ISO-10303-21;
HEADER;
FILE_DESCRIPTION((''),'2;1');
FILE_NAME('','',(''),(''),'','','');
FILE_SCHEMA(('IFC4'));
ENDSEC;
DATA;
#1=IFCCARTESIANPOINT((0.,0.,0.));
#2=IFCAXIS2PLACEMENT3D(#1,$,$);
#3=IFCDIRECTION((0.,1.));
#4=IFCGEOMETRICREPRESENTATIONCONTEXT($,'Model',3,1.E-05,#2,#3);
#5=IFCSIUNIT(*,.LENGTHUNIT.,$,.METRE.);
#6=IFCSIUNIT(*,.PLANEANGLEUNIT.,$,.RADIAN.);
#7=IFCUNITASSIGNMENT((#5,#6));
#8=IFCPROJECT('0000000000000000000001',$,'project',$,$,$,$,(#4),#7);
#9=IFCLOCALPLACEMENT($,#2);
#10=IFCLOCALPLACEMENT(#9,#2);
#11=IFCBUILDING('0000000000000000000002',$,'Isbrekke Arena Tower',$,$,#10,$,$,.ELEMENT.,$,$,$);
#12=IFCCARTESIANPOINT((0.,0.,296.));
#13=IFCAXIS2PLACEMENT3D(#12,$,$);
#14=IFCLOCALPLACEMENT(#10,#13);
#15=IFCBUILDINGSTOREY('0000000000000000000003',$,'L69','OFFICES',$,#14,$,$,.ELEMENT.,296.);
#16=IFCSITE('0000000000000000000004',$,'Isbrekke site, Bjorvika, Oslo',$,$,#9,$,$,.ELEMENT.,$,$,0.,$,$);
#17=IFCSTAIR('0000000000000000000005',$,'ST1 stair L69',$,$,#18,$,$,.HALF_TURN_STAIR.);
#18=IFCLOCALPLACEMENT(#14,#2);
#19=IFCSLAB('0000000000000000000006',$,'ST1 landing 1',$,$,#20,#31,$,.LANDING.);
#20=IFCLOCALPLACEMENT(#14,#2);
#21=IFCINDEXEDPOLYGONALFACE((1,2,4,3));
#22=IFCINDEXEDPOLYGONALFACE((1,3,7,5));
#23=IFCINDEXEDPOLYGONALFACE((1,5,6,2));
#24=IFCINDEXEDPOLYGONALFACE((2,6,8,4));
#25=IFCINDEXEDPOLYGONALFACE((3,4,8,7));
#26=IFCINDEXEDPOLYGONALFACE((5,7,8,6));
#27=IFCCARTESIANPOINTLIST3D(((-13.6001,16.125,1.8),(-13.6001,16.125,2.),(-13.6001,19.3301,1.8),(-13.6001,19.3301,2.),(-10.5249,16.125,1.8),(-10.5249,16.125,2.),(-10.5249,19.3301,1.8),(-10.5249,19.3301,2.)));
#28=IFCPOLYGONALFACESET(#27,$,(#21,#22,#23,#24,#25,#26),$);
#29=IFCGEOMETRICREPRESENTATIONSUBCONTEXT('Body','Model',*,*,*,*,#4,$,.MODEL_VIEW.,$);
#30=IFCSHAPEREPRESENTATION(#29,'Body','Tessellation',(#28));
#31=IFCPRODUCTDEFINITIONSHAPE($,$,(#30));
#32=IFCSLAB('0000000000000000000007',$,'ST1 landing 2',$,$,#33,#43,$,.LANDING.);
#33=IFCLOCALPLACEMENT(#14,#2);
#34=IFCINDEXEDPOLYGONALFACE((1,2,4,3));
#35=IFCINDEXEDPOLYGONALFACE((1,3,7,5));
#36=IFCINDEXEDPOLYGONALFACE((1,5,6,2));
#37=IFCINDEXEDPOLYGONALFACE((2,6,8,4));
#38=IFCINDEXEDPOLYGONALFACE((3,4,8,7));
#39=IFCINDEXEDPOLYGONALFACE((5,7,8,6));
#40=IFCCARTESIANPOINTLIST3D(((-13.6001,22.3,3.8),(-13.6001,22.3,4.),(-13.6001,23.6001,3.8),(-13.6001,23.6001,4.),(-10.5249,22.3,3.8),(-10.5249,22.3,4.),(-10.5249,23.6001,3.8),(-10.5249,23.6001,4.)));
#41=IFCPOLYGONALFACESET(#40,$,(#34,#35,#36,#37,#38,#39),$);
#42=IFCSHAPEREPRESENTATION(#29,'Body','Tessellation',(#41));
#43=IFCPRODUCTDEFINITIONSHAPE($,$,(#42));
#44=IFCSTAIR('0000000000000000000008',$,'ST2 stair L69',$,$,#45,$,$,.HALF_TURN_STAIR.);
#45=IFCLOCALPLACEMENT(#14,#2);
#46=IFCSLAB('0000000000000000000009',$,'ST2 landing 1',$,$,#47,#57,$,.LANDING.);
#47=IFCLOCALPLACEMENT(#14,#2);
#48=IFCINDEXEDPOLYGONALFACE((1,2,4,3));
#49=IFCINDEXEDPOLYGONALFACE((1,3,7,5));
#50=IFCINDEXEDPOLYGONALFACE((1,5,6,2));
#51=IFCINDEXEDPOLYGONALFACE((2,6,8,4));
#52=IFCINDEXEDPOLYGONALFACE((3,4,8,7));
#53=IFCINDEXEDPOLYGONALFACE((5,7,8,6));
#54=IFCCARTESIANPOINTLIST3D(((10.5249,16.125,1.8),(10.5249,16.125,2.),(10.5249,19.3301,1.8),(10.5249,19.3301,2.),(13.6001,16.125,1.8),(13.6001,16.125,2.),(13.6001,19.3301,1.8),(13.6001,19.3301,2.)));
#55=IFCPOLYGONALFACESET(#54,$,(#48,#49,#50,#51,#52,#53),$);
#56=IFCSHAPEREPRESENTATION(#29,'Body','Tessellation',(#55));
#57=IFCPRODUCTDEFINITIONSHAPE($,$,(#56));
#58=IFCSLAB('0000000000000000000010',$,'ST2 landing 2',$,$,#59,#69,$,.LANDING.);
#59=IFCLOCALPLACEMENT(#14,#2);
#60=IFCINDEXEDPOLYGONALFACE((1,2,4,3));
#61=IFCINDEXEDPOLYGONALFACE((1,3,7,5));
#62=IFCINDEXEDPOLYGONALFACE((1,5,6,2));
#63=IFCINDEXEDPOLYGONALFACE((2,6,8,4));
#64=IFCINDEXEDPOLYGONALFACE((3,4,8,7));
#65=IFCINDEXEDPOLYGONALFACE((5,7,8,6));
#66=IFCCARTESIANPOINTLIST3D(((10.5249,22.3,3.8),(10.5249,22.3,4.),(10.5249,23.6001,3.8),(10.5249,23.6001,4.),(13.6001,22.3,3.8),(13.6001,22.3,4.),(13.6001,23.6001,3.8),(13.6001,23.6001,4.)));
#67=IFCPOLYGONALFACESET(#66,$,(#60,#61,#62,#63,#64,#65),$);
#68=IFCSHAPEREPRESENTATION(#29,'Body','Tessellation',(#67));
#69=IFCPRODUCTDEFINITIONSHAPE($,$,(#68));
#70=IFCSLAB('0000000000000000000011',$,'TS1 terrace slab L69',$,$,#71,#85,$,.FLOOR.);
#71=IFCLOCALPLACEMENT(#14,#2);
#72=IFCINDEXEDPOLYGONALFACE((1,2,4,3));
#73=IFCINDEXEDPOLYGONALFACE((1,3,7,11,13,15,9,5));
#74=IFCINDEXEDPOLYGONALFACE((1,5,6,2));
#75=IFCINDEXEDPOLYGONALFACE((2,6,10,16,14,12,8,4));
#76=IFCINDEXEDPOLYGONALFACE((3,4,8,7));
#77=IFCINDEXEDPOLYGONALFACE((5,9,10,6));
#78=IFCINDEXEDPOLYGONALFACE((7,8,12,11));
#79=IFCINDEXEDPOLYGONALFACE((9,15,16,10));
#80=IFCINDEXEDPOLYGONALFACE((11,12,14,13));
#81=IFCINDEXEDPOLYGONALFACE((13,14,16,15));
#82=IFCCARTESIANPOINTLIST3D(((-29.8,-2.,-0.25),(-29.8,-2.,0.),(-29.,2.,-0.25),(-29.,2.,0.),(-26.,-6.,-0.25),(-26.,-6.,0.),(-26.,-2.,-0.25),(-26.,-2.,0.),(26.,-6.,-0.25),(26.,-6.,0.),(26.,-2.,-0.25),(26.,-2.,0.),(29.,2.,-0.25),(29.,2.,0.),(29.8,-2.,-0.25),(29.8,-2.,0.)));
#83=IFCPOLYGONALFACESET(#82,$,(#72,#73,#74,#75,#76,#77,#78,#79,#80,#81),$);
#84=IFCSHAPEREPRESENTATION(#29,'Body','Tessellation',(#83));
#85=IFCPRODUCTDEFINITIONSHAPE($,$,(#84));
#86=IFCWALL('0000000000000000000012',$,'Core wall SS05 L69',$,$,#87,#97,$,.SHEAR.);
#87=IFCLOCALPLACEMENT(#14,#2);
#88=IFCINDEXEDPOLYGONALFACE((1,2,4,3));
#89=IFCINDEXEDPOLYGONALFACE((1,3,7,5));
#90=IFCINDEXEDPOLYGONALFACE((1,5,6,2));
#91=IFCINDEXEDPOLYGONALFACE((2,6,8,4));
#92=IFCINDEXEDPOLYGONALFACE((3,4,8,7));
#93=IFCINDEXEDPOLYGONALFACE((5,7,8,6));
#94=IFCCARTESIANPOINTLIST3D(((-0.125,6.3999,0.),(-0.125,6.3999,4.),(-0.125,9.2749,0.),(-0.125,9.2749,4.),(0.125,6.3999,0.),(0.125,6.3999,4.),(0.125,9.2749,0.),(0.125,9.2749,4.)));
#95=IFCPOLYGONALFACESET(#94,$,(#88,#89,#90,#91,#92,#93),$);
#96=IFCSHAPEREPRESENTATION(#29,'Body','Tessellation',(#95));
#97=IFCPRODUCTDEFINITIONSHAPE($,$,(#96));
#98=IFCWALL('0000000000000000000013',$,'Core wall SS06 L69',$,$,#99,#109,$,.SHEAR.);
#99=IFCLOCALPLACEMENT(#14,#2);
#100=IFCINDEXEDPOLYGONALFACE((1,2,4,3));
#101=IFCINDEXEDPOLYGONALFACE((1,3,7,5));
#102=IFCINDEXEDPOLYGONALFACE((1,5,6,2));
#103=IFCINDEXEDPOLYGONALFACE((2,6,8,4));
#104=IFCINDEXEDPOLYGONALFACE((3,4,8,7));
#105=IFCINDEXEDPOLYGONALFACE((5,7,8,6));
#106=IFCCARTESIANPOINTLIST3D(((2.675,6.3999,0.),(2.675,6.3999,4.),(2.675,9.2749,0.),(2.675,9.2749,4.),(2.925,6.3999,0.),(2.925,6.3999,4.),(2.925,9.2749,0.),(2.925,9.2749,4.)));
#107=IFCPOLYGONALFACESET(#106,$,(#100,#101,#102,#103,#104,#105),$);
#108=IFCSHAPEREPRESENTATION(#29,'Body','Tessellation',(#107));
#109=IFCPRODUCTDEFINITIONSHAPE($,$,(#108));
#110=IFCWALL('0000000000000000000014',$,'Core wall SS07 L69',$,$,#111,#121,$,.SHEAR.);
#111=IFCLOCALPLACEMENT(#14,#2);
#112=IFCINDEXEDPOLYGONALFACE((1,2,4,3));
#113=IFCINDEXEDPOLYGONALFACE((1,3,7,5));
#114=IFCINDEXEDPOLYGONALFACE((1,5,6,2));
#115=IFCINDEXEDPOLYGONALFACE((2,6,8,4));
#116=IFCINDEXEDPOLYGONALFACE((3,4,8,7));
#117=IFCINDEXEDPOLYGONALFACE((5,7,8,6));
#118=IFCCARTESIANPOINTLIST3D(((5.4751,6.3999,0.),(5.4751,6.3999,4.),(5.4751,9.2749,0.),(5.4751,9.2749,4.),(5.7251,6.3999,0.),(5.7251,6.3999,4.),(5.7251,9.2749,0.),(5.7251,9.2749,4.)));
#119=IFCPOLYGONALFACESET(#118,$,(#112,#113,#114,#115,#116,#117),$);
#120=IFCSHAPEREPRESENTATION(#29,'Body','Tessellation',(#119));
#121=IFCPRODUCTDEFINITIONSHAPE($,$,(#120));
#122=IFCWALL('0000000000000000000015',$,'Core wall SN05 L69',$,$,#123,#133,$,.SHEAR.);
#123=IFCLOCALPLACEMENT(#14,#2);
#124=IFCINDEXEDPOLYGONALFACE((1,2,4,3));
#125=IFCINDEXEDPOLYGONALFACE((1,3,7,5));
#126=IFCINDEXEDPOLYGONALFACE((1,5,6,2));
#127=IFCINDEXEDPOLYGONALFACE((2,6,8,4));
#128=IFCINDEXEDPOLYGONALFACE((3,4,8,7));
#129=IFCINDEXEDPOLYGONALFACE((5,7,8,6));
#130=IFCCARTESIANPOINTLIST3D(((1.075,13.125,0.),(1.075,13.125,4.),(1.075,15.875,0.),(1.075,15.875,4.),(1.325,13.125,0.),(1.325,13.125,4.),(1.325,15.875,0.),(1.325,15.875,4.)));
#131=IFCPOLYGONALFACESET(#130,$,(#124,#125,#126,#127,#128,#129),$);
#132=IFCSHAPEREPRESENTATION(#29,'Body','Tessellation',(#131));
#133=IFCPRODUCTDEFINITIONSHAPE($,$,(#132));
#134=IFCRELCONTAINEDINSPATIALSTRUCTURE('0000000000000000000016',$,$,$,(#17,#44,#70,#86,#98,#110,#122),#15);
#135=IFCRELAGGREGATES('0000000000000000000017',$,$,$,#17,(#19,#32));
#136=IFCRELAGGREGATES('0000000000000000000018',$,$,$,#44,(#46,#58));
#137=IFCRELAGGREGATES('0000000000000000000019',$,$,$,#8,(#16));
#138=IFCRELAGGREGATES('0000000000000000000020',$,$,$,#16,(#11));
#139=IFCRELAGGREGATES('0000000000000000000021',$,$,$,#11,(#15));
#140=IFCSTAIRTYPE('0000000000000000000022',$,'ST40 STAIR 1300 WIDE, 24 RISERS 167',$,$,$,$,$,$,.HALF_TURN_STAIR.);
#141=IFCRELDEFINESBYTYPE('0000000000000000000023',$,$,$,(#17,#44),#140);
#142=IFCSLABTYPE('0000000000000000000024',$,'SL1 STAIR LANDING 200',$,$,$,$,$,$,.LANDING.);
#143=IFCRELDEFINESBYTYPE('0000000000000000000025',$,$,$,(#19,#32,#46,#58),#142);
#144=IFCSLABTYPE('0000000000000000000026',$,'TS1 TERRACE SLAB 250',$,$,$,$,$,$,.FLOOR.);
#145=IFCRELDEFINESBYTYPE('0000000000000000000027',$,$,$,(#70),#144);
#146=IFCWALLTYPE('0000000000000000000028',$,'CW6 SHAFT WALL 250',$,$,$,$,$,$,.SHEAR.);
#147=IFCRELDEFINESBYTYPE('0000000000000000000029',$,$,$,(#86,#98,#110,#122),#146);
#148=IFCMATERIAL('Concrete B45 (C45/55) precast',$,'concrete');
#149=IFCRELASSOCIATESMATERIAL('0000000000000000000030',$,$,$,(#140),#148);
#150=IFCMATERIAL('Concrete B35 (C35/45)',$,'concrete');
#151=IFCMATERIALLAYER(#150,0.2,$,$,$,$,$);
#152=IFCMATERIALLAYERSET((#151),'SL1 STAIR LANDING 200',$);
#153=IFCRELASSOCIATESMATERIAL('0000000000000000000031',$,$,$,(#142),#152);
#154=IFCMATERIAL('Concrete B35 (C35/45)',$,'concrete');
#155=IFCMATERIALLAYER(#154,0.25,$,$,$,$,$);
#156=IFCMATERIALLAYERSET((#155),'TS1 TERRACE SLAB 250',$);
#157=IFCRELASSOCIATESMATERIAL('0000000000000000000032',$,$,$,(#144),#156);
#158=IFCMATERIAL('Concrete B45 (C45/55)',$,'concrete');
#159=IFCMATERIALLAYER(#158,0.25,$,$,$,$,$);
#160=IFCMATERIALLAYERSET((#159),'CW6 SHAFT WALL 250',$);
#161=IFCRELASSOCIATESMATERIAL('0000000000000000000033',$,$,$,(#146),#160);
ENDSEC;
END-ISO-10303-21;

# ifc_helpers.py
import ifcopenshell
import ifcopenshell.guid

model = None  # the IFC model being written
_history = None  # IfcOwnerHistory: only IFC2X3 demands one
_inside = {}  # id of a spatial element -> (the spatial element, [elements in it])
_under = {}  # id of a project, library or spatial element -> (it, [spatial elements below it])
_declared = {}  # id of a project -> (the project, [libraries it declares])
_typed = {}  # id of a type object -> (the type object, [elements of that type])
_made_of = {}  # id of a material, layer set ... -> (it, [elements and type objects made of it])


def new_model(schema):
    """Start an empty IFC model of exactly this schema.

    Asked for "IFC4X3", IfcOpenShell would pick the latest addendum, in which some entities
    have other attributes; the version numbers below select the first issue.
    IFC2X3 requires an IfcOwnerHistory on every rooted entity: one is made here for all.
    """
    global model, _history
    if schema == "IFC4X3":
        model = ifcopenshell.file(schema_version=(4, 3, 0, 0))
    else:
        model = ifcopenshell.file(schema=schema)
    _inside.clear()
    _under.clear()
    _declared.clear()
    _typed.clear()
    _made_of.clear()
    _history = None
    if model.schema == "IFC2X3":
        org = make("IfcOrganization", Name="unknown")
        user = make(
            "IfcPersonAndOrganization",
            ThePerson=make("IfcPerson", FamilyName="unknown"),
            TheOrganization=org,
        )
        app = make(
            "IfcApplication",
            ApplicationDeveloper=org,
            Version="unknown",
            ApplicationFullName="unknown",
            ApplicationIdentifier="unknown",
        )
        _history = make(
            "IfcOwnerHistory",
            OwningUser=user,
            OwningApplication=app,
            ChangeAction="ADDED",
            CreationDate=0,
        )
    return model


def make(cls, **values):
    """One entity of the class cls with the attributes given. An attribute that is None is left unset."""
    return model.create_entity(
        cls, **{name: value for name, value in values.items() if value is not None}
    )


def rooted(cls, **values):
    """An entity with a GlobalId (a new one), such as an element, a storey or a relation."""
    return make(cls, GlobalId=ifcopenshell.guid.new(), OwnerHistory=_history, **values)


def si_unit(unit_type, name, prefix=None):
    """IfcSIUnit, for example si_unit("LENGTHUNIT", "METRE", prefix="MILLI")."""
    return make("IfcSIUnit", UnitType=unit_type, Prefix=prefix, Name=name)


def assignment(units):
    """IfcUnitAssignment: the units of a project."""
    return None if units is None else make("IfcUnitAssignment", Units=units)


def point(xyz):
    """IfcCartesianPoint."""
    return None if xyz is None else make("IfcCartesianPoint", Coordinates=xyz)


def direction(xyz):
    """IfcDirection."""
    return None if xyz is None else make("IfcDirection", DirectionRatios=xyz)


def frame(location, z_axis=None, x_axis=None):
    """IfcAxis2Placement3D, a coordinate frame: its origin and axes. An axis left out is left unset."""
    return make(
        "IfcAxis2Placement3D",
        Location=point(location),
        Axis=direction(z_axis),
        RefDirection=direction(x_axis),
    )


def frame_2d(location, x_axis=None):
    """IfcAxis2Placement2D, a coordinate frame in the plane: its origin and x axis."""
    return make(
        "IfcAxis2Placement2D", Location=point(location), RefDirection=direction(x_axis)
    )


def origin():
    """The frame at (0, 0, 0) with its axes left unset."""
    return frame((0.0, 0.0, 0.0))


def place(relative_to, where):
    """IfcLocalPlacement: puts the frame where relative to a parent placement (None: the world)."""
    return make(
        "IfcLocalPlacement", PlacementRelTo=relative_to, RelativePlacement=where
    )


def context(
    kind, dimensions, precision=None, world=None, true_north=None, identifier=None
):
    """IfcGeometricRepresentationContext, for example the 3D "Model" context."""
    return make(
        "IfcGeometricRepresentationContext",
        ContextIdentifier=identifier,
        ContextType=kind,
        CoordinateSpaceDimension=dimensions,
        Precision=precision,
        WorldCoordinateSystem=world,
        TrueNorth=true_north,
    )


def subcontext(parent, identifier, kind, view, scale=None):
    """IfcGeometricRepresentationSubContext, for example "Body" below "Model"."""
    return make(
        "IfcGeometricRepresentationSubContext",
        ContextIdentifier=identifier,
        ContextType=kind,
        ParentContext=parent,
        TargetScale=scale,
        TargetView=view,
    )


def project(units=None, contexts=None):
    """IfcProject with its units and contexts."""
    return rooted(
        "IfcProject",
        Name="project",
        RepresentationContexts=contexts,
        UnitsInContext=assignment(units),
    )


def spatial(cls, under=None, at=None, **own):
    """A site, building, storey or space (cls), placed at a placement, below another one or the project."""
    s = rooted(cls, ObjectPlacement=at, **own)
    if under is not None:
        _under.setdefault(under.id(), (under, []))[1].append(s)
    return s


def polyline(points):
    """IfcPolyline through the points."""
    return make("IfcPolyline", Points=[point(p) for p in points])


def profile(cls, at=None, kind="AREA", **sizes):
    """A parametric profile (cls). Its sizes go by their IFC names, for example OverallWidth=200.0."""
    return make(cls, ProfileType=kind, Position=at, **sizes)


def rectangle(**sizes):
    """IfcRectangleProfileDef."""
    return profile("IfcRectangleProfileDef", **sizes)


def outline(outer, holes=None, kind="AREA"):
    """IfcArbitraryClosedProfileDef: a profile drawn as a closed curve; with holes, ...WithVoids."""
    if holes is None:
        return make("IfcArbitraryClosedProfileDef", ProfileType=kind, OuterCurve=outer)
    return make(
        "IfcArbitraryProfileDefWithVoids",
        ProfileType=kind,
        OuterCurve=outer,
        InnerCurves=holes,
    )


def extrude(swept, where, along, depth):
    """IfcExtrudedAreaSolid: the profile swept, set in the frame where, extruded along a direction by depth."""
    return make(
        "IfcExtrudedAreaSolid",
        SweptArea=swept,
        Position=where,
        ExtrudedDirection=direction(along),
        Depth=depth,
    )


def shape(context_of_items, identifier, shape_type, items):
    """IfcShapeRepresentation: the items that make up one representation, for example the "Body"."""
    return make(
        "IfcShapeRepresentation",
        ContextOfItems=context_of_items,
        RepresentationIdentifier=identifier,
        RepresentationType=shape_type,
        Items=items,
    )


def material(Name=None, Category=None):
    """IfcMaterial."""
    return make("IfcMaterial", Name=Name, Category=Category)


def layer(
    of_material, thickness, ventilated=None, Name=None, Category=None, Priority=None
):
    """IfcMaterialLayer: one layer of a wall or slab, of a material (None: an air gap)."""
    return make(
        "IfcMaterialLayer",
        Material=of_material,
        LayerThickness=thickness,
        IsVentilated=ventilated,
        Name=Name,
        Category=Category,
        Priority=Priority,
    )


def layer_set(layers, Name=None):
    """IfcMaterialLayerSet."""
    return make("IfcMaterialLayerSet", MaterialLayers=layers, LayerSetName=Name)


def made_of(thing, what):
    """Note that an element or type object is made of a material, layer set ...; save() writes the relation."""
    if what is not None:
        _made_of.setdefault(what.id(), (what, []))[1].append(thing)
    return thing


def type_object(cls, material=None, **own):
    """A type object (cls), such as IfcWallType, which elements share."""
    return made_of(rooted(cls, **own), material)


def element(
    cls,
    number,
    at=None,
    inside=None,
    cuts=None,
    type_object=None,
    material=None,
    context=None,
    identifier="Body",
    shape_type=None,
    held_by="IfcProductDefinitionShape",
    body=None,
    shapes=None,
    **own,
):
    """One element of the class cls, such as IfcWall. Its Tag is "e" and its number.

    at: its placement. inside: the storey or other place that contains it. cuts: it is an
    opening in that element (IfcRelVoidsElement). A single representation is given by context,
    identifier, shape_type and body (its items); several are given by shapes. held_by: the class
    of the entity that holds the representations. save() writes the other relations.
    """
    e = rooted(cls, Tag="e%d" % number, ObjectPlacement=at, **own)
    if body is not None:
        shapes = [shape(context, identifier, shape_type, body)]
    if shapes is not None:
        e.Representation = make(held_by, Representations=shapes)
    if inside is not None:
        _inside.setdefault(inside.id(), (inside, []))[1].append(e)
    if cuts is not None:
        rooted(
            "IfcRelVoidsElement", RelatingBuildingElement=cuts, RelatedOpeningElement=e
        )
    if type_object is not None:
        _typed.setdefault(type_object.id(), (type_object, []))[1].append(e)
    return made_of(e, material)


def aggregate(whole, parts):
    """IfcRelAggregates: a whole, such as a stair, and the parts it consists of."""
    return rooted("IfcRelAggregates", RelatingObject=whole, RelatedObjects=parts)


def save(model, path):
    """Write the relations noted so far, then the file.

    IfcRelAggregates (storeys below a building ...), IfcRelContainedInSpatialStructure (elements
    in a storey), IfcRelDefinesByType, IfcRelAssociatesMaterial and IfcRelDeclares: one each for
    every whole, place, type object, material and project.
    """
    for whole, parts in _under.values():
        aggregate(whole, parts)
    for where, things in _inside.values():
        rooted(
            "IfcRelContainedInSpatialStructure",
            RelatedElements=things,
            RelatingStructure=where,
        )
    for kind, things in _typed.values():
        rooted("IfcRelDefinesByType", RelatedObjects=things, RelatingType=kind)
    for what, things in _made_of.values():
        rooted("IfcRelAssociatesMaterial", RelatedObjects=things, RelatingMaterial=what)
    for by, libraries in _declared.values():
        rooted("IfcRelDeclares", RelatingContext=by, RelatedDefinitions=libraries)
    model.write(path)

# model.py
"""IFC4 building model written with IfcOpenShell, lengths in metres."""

from ifc_helpers import new_model, si_unit, direction, frame, frame_2d, origin, place, context, subcontext, project, spatial, polyline, rectangle, outline, extrude, material, layer, layer_set, type_object, element, aggregate, save


model = new_model("IFC4")

# Units and contexts
model_context = context("Model", 3, precision=1e-05, world=origin(), true_north=direction((0.0, 1.0)))
body_context = subcontext(model_context, "Body", "Model", "MODEL_VIEW")
ifc_project = project(units=[si_unit("LENGTHUNIT", "METRE"), si_unit("PLANEANGLEUNIT", "RADIAN")], contexts=[model_context])

# Site, building, storey
site_placement = place(None, origin())
site = spatial("IfcSite", under=ifc_project, at=site_placement, Name="Isbrekke site, Bjorvika, Oslo", CompositionType="ELEMENT", RefElevation=0.0)
building_placement = place(site_placement, origin())
building = spatial("IfcBuilding", under=site, at=building_placement, Name="Isbrekke Arena Tower", CompositionType="ELEMENT")
storey_placement = place(building_placement, frame((0.0, 0.0, 296.0)))
storey = spatial("IfcBuildingStorey", under=building, at=storey_placement, Name="L69", Description="OFFICES", CompositionType="ELEMENT", Elevation=296.0)

# Stairs, slabs
ifc_material_1 = material(Name="Concrete B45 (C45/55) precast", Category="concrete")
stair_type = type_object("IfcStairType", Name="ST40 STAIR 1300 WIDE, 24 RISERS 167", PredefinedType="HALF_TURN_STAIR", material=ifc_material_1)
stair_1_placement = place(storey_placement, origin())
stair_1 = element("IfcStair", 1, at=stair_1_placement, inside=storey, type_object=stair_type, Name="ST1 stair L69", PredefinedType="HALF_TURN_STAIR")
ifc_material_2 = material(Name="Concrete B35 (C35/45)", Category="concrete")
ifc_layer_1 = layer(ifc_material_2, 0.2)
ifc_layer_set_1 = layer_set([ifc_layer_1], Name="SL1 STAIR LANDING 200")
slab_type_1 = type_object("IfcSlabType", Name="SL1 STAIR LANDING 200", PredefinedType="LANDING", material=ifc_layer_set_1)
slab_1_placement = place(storey_placement, frame((0.0, 0.0, 1.8)))
slab_1 = element("IfcSlab", 2, at=slab_1_placement, type_object=slab_type_1, Name="ST1 landing 1", PredefinedType="LANDING", context=body_context, shape_type="SweptSolid", body=[
    extrude(outline(polyline([(-13.6001, 16.125), (-10.5249, 16.125), (-10.5249, 19.3301), (-13.6001, 19.3301), (-13.6001, 16.125)])), origin(), (0.0, 0.0, 1.0), 0.2),
])
slab_2_placement = place(storey_placement, frame((0.0, 0.0, 3.8)))
slab_2 = element("IfcSlab", 3, at=slab_2_placement, type_object=slab_type_1, Name="ST1 landing 2", PredefinedType="LANDING", context=body_context, shape_type="SweptSolid", body=[
    extrude(outline(polyline([(-13.6001, 22.3), (-10.5249, 22.3), (-10.5249, 23.6001), (-13.6001, 23.6001), (-13.6001, 22.3)])), origin(), (0.0, 0.0, 1.0), 0.2),
])
aggregate(stair_1, [slab_1, slab_2])
stair_2_placement = place(storey_placement, origin())
stair_2 = element("IfcStair", 4, at=stair_2_placement, inside=storey, type_object=stair_type, Name="ST2 stair L69", PredefinedType="HALF_TURN_STAIR")
slab_3_placement = place(storey_placement, frame((0.0, 0.0, 1.8)))
slab_3 = element("IfcSlab", 5, at=slab_3_placement, type_object=slab_type_1, Name="ST2 landing 1", PredefinedType="LANDING", context=body_context, shape_type="SweptSolid", body=[
    extrude(outline(polyline([(10.5249, 16.125), (13.6001, 16.125), (13.6001, 19.3301), (10.5249, 19.3301), (10.5249, 16.125)])), origin(), (0.0, 0.0, 1.0), 0.2),
])
slab_4_placement = place(storey_placement, frame((0.0, 0.0, 3.8)))
slab_4 = element("IfcSlab", 6, at=slab_4_placement, type_object=slab_type_1, Name="ST2 landing 2", PredefinedType="LANDING", context=body_context, shape_type="SweptSolid", body=[
    extrude(outline(polyline([(10.5249, 22.3), (13.6001, 22.3), (13.6001, 23.6001), (10.5249, 23.6001), (10.5249, 22.3)])), origin(), (0.0, 0.0, 1.0), 0.2),
])
aggregate(stair_2, [slab_3, slab_4])

# Slab
ifc_material_3 = material(Name="Concrete B35 (C35/45)", Category="concrete")
ifc_layer_2 = layer(ifc_material_3, 0.25)
ifc_layer_set_2 = layer_set([ifc_layer_2], Name="TS1 TERRACE SLAB 250")
slab_type_2 = type_object("IfcSlabType", Name="TS1 TERRACE SLAB 250", PredefinedType="FLOOR", material=ifc_layer_set_2)
slab_5_placement = place(storey_placement, frame((0.0, 0.0, -0.25)))
element("IfcSlab", 7, at=slab_5_placement, inside=storey, type_object=slab_type_2, Name="TS1 terrace slab L69", PredefinedType="FLOOR", context=body_context, shape_type="SweptSolid", body=[
    extrude(outline(polyline([(-26.0, -6.0), (26.0, -6.0), (29.8, -2.0), (29.0, 2.0), (26.0, -2.0), (-26.0, -2.0), (-29.0, 2.0), (-29.8, -2.0), (-26.0, -6.0)])), origin(), (0.0, 0.0, 1.0), 0.25),
])

# Walls
ifc_material_4 = material(Name="Concrete B45 (C45/55)", Category="concrete")
ifc_layer_3 = layer(ifc_material_4, 0.25)
ifc_layer_set_3 = layer_set([ifc_layer_3], Name="CW6 SHAFT WALL 250")
wall_type_1 = type_object("IfcWallType", Name="CW6 SHAFT WALL 250", PredefinedType="SHEAR", material=ifc_layer_set_3)
for number, where, z_axis, x_axis, name in (
    (8, (0.0, 6.3999, 0.0), (0.0, 0.0, 1.0), (0.0, 1.0, 0.0), "Core wall SS05 L69"),
    (9, (2.8, 6.3999, 0.0), (0.0, 0.0, 1.0), (0.0, 1.0, 0.0), "Core wall SS06 L69"),
    (10, (5.6001, 6.3999, 0.0), (0.0, 0.0, 1.0), (0.0, 1.0, 0.0), "Core wall SS07 L69"),
):
    element("IfcWall", number, at=place(storey_placement, frame(where, z_axis=z_axis, x_axis=x_axis)), inside=storey, type_object=wall_type_1, Name=name, PredefinedType="SHEAR", context=body_context, shape_type="SweptSolid", body=[
        extrude(rectangle(XDim=2.875, YDim=0.25, at=frame_2d((1.4375, 0.0))), origin(), (0.0, 0.0, 1.0), 4.0),
    ])
wall_1_placement = place(storey_placement, frame((1.2, 13.125, 0.0), z_axis=(0.0, 0.0, 1.0), x_axis=(0.0, 1.0, 0.0)))
element("IfcWall", 11, at=wall_1_placement, inside=storey, type_object=wall_type_1, Name="Core wall SN05 L69", PredefinedType="SHEAR", context=body_context, shape_type="SweptSolid", body=[
    extrude(rectangle(XDim=2.75, YDim=0.25, at=frame_2d((1.375, 0.0))), origin(), (0.0, 0.0, 1.0), 4.0),
])

save(model, "model.ifc")
